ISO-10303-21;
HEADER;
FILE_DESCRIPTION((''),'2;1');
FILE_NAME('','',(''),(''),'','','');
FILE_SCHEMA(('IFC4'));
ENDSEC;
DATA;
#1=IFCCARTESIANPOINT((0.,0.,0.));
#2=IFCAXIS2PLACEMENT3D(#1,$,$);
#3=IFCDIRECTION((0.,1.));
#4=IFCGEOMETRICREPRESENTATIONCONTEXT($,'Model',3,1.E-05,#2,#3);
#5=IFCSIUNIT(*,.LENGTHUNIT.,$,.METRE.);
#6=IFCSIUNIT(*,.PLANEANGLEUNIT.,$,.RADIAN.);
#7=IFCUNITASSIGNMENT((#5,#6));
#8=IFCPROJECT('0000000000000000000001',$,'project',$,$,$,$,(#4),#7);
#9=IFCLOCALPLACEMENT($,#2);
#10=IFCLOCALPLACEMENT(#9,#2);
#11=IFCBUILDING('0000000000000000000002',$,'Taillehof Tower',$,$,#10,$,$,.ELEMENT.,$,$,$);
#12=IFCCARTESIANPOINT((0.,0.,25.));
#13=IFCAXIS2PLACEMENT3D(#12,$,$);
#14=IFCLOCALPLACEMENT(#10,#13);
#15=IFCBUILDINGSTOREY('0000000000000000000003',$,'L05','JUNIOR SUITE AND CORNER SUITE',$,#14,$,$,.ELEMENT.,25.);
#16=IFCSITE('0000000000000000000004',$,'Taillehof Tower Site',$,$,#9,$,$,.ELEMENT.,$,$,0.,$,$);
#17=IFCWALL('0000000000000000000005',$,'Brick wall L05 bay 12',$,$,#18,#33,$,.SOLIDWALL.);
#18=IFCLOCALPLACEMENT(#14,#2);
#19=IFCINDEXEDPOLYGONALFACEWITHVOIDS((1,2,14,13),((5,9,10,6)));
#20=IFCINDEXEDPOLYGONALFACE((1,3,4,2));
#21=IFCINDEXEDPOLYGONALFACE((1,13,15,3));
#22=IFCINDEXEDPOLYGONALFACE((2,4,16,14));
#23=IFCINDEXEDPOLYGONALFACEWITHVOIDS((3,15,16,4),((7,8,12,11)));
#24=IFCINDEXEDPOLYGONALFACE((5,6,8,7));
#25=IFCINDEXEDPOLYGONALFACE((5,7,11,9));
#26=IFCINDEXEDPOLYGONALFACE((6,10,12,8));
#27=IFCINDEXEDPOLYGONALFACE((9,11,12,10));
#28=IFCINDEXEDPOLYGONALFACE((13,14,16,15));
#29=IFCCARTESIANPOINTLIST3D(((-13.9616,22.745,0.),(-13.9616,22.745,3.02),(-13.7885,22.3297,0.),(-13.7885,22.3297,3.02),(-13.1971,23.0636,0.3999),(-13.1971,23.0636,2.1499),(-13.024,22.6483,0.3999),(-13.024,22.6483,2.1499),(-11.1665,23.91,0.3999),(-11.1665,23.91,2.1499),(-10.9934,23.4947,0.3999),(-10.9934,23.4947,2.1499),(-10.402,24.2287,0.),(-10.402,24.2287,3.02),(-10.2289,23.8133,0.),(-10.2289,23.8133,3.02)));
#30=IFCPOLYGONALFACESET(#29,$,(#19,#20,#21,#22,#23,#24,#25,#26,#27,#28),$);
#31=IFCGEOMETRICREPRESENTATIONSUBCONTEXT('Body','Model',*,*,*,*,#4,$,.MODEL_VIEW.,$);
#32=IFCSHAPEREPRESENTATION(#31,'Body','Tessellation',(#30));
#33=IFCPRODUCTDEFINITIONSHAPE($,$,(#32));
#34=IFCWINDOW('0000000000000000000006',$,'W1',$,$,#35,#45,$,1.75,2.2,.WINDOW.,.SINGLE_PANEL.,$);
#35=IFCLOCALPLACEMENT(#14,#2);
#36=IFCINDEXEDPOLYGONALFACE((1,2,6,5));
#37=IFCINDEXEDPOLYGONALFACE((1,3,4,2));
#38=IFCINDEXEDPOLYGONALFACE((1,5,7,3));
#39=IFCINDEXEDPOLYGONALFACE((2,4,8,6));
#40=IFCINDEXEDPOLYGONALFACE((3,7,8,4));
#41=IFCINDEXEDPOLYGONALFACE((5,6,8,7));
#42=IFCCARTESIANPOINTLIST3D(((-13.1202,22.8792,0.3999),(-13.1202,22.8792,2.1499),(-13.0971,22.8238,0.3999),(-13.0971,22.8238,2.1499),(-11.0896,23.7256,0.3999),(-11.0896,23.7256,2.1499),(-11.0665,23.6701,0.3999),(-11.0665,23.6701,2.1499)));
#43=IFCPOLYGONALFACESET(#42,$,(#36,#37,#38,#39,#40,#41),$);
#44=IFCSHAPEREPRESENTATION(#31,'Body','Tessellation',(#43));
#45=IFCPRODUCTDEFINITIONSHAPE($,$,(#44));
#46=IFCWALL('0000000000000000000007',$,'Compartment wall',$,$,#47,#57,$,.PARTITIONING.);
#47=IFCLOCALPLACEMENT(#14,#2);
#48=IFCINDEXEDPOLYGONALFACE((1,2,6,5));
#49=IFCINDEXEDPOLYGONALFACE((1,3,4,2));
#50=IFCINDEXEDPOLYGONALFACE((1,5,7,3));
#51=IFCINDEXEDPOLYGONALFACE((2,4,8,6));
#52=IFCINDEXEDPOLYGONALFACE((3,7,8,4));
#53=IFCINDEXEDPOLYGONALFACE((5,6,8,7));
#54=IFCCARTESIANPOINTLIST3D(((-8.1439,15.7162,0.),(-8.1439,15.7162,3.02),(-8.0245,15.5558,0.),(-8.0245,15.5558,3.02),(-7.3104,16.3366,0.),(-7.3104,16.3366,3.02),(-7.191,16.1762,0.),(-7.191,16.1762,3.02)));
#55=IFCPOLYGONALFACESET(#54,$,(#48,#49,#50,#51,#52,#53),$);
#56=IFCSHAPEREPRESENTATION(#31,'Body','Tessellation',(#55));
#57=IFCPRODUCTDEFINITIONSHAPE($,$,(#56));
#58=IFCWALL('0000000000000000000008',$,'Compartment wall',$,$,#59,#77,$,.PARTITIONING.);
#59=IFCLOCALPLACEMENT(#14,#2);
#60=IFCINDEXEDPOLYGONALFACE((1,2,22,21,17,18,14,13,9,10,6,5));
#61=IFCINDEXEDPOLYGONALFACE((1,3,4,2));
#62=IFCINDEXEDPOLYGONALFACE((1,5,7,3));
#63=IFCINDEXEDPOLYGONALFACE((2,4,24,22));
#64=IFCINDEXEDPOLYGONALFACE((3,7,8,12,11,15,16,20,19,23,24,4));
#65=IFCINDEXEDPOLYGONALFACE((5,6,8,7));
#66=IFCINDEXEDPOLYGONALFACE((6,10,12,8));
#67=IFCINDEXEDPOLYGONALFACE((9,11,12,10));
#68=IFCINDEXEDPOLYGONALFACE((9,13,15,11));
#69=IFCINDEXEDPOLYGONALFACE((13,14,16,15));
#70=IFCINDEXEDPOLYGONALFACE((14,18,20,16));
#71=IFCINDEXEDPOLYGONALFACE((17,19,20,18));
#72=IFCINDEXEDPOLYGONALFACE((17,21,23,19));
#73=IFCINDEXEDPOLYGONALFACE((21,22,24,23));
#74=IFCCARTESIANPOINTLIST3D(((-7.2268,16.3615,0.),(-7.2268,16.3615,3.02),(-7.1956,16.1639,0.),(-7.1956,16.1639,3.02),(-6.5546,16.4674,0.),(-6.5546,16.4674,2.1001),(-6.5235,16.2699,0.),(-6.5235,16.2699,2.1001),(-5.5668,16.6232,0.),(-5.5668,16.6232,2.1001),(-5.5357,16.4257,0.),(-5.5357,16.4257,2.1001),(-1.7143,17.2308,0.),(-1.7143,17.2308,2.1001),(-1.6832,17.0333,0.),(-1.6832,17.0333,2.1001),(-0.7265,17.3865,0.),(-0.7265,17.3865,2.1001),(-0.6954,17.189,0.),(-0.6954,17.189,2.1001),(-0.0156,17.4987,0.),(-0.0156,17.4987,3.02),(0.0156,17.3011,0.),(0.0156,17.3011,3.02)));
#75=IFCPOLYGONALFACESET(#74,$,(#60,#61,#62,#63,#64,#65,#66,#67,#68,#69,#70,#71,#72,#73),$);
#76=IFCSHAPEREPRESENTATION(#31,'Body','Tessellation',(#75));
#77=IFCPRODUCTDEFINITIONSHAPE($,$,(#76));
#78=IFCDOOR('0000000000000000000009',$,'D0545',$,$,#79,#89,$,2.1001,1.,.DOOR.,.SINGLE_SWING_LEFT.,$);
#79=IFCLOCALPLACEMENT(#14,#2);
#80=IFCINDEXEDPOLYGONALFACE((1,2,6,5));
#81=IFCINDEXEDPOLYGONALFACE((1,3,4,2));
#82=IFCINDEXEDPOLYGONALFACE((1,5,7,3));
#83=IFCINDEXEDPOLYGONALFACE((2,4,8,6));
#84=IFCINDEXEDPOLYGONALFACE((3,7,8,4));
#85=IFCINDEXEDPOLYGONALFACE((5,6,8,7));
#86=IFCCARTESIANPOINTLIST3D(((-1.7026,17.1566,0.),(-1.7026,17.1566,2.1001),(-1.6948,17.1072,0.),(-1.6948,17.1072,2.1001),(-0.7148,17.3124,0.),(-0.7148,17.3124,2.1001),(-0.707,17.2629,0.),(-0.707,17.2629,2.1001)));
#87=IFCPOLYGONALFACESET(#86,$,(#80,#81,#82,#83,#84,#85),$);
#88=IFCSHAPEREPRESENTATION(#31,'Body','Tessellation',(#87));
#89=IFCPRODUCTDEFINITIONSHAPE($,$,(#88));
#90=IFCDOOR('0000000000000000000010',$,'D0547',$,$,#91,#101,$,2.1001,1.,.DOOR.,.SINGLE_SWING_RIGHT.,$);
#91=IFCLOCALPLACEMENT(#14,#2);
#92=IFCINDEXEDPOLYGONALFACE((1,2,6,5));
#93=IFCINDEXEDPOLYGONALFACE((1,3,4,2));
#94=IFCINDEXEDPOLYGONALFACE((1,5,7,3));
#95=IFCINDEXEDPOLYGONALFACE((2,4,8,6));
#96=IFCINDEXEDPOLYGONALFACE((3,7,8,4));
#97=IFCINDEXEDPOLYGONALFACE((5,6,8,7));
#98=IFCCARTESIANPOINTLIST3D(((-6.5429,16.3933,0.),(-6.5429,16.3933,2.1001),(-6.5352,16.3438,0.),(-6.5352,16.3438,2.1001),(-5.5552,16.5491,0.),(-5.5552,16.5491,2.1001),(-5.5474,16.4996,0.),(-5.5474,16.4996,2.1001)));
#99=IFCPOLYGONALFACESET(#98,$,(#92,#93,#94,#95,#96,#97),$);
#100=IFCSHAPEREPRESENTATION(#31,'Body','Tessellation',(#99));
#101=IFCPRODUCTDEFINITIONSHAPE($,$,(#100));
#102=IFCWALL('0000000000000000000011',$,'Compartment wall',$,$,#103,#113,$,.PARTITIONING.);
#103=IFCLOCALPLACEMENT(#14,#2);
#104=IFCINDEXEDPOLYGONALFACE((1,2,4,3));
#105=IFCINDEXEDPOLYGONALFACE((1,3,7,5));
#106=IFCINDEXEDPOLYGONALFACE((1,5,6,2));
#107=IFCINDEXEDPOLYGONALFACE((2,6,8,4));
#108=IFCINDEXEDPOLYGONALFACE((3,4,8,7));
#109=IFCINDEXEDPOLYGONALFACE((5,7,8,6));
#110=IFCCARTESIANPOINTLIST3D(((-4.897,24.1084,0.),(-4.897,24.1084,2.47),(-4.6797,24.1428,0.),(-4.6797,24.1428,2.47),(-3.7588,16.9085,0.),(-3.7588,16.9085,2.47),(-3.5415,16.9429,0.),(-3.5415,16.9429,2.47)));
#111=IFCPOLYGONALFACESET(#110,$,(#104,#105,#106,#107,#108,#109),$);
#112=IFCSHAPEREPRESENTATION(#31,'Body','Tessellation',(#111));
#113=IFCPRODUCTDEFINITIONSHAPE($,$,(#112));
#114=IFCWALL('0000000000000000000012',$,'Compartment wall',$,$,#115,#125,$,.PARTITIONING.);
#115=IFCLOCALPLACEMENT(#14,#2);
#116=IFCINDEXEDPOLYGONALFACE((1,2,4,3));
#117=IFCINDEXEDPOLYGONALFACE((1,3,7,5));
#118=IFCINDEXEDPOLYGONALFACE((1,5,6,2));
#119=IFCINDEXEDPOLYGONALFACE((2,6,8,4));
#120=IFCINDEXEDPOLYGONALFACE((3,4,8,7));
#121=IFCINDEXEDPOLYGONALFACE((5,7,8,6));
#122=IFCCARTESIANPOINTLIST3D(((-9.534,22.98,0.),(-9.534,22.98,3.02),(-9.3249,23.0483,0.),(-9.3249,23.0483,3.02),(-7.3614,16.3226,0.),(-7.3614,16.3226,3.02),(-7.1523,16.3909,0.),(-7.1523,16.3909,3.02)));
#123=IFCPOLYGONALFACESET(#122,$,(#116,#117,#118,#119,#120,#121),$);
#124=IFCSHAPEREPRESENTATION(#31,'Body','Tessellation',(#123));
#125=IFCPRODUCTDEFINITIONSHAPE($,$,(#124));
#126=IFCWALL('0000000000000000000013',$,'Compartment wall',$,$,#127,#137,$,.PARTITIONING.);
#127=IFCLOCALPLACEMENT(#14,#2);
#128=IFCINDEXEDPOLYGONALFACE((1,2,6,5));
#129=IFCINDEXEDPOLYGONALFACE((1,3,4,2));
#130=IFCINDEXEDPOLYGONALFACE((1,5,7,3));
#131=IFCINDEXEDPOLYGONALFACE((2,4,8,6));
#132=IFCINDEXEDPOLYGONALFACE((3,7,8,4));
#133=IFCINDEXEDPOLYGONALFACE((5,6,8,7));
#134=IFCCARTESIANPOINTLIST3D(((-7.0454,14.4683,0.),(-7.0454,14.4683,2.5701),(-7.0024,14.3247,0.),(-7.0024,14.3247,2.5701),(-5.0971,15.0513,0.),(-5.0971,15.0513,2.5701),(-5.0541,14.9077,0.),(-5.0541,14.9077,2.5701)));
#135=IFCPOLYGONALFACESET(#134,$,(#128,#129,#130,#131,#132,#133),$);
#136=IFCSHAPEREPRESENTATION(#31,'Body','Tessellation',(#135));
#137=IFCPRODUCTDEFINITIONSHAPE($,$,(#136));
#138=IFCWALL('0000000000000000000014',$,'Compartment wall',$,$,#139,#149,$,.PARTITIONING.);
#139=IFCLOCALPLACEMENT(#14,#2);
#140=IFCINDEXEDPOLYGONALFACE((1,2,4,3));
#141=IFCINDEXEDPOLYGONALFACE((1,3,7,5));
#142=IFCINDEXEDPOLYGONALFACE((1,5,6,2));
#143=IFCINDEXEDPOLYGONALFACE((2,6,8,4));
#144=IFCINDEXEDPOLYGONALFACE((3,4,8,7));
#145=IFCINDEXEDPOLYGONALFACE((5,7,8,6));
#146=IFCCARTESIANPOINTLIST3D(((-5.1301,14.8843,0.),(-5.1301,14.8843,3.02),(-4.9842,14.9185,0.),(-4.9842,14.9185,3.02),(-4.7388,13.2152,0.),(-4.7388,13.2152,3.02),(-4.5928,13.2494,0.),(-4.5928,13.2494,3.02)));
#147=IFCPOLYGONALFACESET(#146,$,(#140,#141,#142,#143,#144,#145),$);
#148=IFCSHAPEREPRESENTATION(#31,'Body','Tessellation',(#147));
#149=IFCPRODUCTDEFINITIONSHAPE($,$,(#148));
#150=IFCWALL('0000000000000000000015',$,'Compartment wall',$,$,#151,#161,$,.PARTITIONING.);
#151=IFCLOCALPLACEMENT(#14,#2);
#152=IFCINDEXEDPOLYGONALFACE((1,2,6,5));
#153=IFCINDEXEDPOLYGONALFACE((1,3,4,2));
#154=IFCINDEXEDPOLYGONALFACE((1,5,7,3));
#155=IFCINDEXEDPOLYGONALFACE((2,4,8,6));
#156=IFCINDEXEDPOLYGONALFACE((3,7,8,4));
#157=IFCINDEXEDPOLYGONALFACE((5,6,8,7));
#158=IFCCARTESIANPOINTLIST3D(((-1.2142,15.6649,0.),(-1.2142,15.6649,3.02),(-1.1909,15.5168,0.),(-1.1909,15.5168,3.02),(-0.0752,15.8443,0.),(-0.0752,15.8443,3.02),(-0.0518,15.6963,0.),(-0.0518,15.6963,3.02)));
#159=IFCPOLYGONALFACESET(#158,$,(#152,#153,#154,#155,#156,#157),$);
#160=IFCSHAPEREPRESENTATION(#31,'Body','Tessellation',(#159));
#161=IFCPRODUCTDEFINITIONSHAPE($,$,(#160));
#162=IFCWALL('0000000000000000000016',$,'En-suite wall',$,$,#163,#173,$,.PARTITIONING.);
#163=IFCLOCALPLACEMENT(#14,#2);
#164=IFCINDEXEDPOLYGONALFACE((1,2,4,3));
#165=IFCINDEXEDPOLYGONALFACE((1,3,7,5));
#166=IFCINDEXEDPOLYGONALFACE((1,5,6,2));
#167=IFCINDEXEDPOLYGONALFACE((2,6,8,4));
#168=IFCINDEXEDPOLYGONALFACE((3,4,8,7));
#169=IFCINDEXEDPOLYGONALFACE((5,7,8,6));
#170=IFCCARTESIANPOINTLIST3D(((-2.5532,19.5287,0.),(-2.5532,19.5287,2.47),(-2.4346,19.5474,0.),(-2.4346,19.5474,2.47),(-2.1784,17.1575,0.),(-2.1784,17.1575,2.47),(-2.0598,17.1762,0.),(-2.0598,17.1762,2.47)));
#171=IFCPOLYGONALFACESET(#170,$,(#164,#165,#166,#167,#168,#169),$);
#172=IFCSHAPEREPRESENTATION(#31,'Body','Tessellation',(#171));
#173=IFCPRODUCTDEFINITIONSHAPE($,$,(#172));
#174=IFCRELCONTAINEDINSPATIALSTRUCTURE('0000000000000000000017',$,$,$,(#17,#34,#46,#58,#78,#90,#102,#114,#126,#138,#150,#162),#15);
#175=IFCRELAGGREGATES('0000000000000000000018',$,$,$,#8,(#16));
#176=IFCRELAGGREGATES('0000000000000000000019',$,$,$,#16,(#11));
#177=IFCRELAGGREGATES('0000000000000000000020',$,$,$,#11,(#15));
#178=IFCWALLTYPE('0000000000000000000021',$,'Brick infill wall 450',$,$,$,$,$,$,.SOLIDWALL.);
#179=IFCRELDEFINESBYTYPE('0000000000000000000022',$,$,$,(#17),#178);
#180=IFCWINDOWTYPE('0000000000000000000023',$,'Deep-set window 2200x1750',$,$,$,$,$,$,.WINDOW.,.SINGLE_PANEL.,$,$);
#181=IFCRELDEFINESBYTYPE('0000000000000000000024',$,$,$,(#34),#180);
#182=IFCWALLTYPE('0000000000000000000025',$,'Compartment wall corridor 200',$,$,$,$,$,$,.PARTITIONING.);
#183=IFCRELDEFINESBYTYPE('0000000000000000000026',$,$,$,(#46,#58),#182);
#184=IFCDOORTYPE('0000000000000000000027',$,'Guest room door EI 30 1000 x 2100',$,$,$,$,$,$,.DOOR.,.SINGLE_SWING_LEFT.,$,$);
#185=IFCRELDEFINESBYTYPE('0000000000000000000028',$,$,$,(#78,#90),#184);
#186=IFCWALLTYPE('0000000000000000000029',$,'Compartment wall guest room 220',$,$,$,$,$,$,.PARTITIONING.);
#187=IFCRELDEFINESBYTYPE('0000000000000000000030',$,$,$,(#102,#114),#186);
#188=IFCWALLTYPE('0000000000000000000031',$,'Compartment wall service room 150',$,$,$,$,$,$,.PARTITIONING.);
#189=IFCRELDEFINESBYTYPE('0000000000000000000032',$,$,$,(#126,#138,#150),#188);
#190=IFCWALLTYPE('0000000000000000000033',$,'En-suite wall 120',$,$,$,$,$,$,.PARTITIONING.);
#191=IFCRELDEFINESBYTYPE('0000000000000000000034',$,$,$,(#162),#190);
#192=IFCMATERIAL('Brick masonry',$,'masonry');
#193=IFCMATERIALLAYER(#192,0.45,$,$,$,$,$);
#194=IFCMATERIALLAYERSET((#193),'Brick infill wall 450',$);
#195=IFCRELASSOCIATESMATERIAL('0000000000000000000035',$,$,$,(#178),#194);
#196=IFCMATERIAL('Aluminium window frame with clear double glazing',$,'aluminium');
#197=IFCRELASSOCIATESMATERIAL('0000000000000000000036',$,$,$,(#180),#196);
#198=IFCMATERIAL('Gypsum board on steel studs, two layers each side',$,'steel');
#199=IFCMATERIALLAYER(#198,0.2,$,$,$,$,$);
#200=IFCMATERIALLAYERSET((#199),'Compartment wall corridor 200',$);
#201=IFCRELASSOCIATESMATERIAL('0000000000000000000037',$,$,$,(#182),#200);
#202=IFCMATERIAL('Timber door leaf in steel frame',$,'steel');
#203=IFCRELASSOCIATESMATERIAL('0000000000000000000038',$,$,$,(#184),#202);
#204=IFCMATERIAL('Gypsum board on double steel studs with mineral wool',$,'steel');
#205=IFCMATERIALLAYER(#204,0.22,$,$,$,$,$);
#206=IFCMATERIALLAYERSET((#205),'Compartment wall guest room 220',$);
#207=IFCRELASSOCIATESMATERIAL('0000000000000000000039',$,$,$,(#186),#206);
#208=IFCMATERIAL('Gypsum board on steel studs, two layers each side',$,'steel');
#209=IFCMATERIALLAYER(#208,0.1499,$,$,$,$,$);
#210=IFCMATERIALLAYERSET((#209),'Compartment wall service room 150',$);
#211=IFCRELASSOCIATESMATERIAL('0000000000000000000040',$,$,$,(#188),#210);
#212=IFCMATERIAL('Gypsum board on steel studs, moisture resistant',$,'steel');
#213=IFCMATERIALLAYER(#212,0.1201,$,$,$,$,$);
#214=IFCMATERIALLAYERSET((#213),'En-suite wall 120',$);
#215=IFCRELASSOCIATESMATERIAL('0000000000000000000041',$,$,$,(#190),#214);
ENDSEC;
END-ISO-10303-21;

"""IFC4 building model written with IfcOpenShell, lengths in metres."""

from ifc_helpers import new_model, si_unit, direction, frame, frame_2d, origin, place, context, subcontext, project, spatial, rectangle, extrude, material, layer, layer_set, type_object, element, fill, save


model = new_model("IFC4")

# Units and contexts
model_context = context("Model", 3, precision=1e-05, world=origin(), true_north=direction((0.0, 1.0)))
body_context = subcontext(model_context, "Body", "Model", "MODEL_VIEW")
ifc_project = project(units=[si_unit("LENGTHUNIT", "METRE"), si_unit("PLANEANGLEUNIT", "RADIAN")], contexts=[model_context])

# Site, building, storey
site_placement = place(None, origin())
site = spatial("IfcSite", under=ifc_project, at=site_placement, Name="Taillehof Tower Site", CompositionType="ELEMENT", RefElevation=0.0)
building_placement = place(site_placement, origin())
building = spatial("IfcBuilding", under=site, at=building_placement, Name="Taillehof Tower", CompositionType="ELEMENT")
storey_placement = place(building_placement, frame((0.0, 0.0, 25.0)))
storey = spatial("IfcBuildingStorey", under=building, at=storey_placement, Name="L05", Description="JUNIOR SUITE AND CORNER SUITE", CompositionType="ELEMENT", Elevation=25.0)

# Wall, opening, window
ifc_material_1 = material(Name="Brick masonry", Category="masonry")
ifc_layer_1 = layer(ifc_material_1, 0.45)
ifc_layer_set_1 = layer_set([ifc_layer_1], Name="Brick infill wall 450")
wall_type_1 = type_object("IfcWallType", Name="Brick infill wall 450", PredefinedType="SOLIDWALL", material=ifc_layer_set_1)
ifc_material_2 = material(Name="Aluminium window frame with clear double glazing", Category="aluminium")
window_type = type_object("IfcWindowType", Name="Deep-set window 2200x1750", PartitioningType="SINGLE_PANEL", PredefinedType="WINDOW", material=ifc_material_2)
wall_1_placement = place(storey_placement, frame((-10.3154, 24.021, 0.0), z_axis=(0.0, 0.0, 1.0), x_axis=(-0.923032, -0.384723, 0.0)))
wall_1 = element("IfcWall", 1, at=wall_1_placement, inside=storey, type_object=wall_type_1, Name="Brick wall L05 bay 12", PredefinedType="SOLIDWALL", context=body_context, shape_type="SweptSolid", body=[
    extrude(rectangle(XDim=3.8564, YDim=0.45, at=frame_2d((1.9282, 0.0))), origin(), (0.0, 0.0, 1.0), 3.02),
])
opening_1_placement = place(wall_1_placement, frame((0.8281, 0.0, 0.3999)))
opening_1 = element("IfcOpeningElement", 2, at=opening_1_placement, cuts=wall_1, PredefinedType="OPENING", context=body_context, shape_type="SweptSolid", body=[
    extrude(rectangle(XDim=2.2, YDim=1.75, at=frame_2d((1.1001, 0.875))), frame((0.0, 0.2349, 0.0), z_axis=(0.0, -1.0, 0.0), x_axis=(1.0, 0.0, 0.0)), (0.0, 0.0, 1.0), 0.47),
])
window_1_placement = place(opening_1_placement, origin())
window_1 = element("IfcWindow", 3, at=window_1_placement, inside=storey, type_object=window_type, Name="W1", OverallHeight=1.75, OverallWidth=2.2, PartitioningType="SINGLE_PANEL", PredefinedType="WINDOW", context=body_context, shape_type="SweptSolid", body=[
    extrude(rectangle(XDim=2.2, YDim=1.75, at=frame_2d((1.1001, 0.875))), frame((0.0, 0.0349, 0.0), z_axis=(0.0, -1.0, 0.0), x_axis=(1.0, 0.0, 0.0)), (0.0, 0.0, 1.0), 0.0601),
])
fill(opening_1, window_1)

# Wall
ifc_material_3 = material(Name="Gypsum board on steel studs, two layers each side", Category="steel")
ifc_layer_2 = layer(ifc_material_3, 0.2)
ifc_layer_set_2 = layer_set([ifc_layer_2], Name="Compartment wall corridor 200")
wall_type_2 = type_object("IfcWallType", Name="Compartment wall corridor 200", PredefinedType="PARTITIONING", material=ifc_layer_set_2)
wall_2_placement = place(storey_placement, frame((-8.0842, 15.636, 0.0), z_axis=(0.0, 0.0, 1.0), x_axis=(0.802194, 0.597064, 0.0)))
element("IfcWall", 4, at=wall_2_placement, inside=storey, type_object=wall_type_2, Name="Compartment wall", PredefinedType="PARTITIONING", context=body_context, shape_type="SweptSolid", body=[
    extrude(rectangle(XDim=1.0391, YDim=0.2, at=frame_2d((0.5195, 0.0))), origin(), (0.0, 0.0, 1.0), 3.02),
])

# Wall, openings, doors
wall_3_placement = place(storey_placement, frame((-7.2112, 16.2627, 0.0), z_axis=(0.0, 0.0, 1.0), x_axis=(0.987793, 0.155775, 0.0)))
wall_3 = element("IfcWall", 5, at=wall_3_placement, inside=storey, type_object=wall_type_2, Name="Compartment wall", PredefinedType="PARTITIONING", context=body_context, shape_type="SweptSolid", body=[
    extrude(rectangle(XDim=7.3003, YDim=0.2, at=frame_2d((3.6501, 0.0))), origin(), (0.0, 0.0, 1.0), 3.02),
])
opening_2_placement = place(wall_3_placement, frame((5.5806, 0.0, 0.0)))
opening_2 = element("IfcOpeningElement", 6, at=opening_2_placement, cuts=wall_3, PredefinedType="OPENING", context=body_context, shape_type="SweptSolid", body=[
    extrude(rectangle(XDim=1.0, YDim=2.1001, at=frame_2d((0.5, 1.05))), frame((0.0, 0.1099, 0.0), z_axis=(0.0, -1.0, 0.0), x_axis=(1.0, 0.0, 0.0)), (0.0, 0.0, 1.0), 0.22),
])
opening_3_placement = place(wall_3_placement, frame((0.6804, 0.0, 0.0)))
opening_3 = element("IfcOpeningElement", 7, at=opening_3_placement, cuts=wall_3, PredefinedType="OPENING", context=body_context, shape_type="SweptSolid", body=[
    extrude(rectangle(XDim=1.0, YDim=2.1001, at=frame_2d((0.5, 1.05))), frame((0.0, 0.1099, 0.0), z_axis=(0.0, -1.0, 0.0), x_axis=(1.0, 0.0, 0.0)), (0.0, 0.0, 1.0), 0.22),
])
ifc_material_4 = material(Name="Timber door leaf in steel frame", Category="steel")
door_type_1 = type_object("IfcDoorType", Name="Guest room door EI 30 1000 x 2100", OperationType="SINGLE_SWING_LEFT", PredefinedType="DOOR", material=ifc_material_4)
door_1_placement = place(opening_2_placement, origin())
door_1 = element("IfcDoor", 8, at=door_1_placement, inside=storey, type_object=door_type_1, Name="D0545", OperationType="SINGLE_SWING_LEFT", OverallHeight=2.1001, OverallWidth=1.0, PredefinedType="DOOR", context=body_context, shape_type="SweptSolid", body=[
    extrude(rectangle(XDim=1.0, YDim=2.1001, at=frame_2d((0.5, 1.05))), frame((0.0, 0.0249, 0.0), z_axis=(0.0, -1.0, 0.0), x_axis=(1.0, 0.0, 0.0)), (0.0, 0.0, 1.0), 0.05),
])
fill(opening_2, door_1)
door_2_placement = place(opening_3_placement, origin())
door_2 = element("IfcDoor", 9, at=door_2_placement, inside=storey, type_object=door_type_1, Name="D0547", OperationType="SINGLE_SWING_RIGHT", OverallHeight=2.1001, OverallWidth=1.0, PredefinedType="DOOR", context=body_context, shape_type="SweptSolid", body=[
    extrude(rectangle(XDim=1.0, YDim=2.1001, at=frame_2d((0.5, 1.05))), frame((0.0, 0.0249, 0.0), z_axis=(0.0, -1.0, 0.0), x_axis=(1.0, 0.0, 0.0)), (0.0, 0.0, 1.0), 0.05),
])
fill(opening_3, door_2)

# Walls
ifc_material_5 = material(Name="Gypsum board on double steel studs with mineral wool", Category="steel")
ifc_layer_3 = layer(ifc_material_5, 0.22)
ifc_layer_set_3 = layer_set([ifc_layer_3], Name="Compartment wall guest room 220")
wall_type_3 = type_object("IfcWallType", Name="Compartment wall guest room 220", PredefinedType="PARTITIONING", material=ifc_layer_set_3)
wall_4_placement = place(storey_placement, frame((-4.7883, 24.1255, 0.0), z_axis=(0.0, 0.0, 1.0), x_axis=(0.156143, -0.987734, 0.0)))
element("IfcWall", 10, at=wall_4_placement, inside=storey, type_object=wall_type_3, Name="Compartment wall", PredefinedType="PARTITIONING", context=body_context, shape_type="SweptSolid", body=[
    extrude(rectangle(XDim=7.2893, YDim=0.22, at=frame_2d((3.6445, 0.0))), origin(), (0.0, 0.0, 1.0), 2.47),
])
wall_5_placement = place(storey_placement, frame((-9.4294, 23.0142, 0.0), z_axis=(0.0, 0.0, 1.0), x_axis=(0.310239, -0.950659, 0.0)))
element("IfcWall", 11, at=wall_5_placement, inside=storey, type_object=wall_type_3, Name="Compartment wall", PredefinedType="PARTITIONING", context=body_context, shape_type="SweptSolid", body=[
    extrude(rectangle(XDim=7.0029, YDim=0.22, at=frame_2d((3.5015, 0.0))), origin(), (0.0, 0.0, 1.0), 3.02),
])
ifc_material_6 = material(Name="Gypsum board on steel studs, two layers each side", Category="steel")
ifc_layer_4 = layer(ifc_material_6, 0.1499)
ifc_layer_set_4 = layer_set([ifc_layer_4], Name="Compartment wall service room 150")
wall_type_4 = type_object("IfcWallType", Name="Compartment wall service room 150", PredefinedType="PARTITIONING", material=ifc_layer_set_4)
wall_6_placement = place(storey_placement, frame((-7.0239, 14.3965, 0.0), z_axis=(0.0, 0.0, 1.0), x_axis=(0.958024, 0.286687, 0.0)))
element("IfcWall", 12, at=wall_6_placement, inside=storey, type_object=wall_type_4, Name="Compartment wall", PredefinedType="PARTITIONING", context=body_context, shape_type="SweptSolid", body=[
    extrude(rectangle(XDim=2.0337, YDim=0.1499, at=frame_2d((1.0168, 0.0))), origin(), (0.0, 0.0, 1.0), 2.5701),
])
wall_7_placement = place(storey_placement, frame((-5.0571, 14.9014, 0.0), z_axis=(0.0, 0.0, 1.0), x_axis=(0.228269, -0.973598, 0.0)))
element("IfcWall", 13, at=wall_7_placement, inside=storey, type_object=wall_type_4, Name="Compartment wall", PredefinedType="PARTITIONING", context=body_context, shape_type="SweptSolid", body=[
    extrude(rectangle(XDim=1.7144, YDim=0.1499, at=frame_2d((0.8572, 0.0))), origin(), (0.0, 0.0, 1.0), 3.02),
])
wall_8_placement = place(storey_placement, frame((-1.2026, 15.5908, 0.0), z_axis=(0.0, 0.0, 1.0), x_axis=(0.987814, 0.155636, 0.0)))
element("IfcWall", 14, at=wall_8_placement, inside=storey, type_object=wall_type_4, Name="Compartment wall", PredefinedType="PARTITIONING", context=body_context, shape_type="SweptSolid", body=[
    extrude(rectangle(XDim=1.1531, YDim=0.1499, at=frame_2d((0.5767, 0.0))), origin(), (0.0, 0.0, 1.0), 3.02),
])
ifc_material_7 = material(Name="Gypsum board on steel studs, moisture resistant", Category="steel")
ifc_layer_5 = layer(ifc_material_7, 0.1201)
ifc_layer_set_5 = layer_set([ifc_layer_5], Name="En-suite wall 120")
wall_type_5 = type_object("IfcWallType", Name="En-suite wall 120", PredefinedType="PARTITIONING", material=ifc_layer_set_5)
wall_9_placement = place(storey_placement, frame((-2.1191, 17.167, 0.0), z_axis=(0.0, 0.0, 1.0), x_axis=(-0.156114, 0.987739, 0.0)))
element("IfcWall", 15, at=wall_9_placement, inside=storey, type_object=wall_type_5, Name="En-suite wall", PredefinedType="PARTITIONING", context=body_context, shape_type="SweptSolid", body=[
    extrude(rectangle(XDim=2.4006, YDim=0.1201, at=frame_2d((1.2002, 0.0))), origin(), (0.0, 0.0, 1.0), 2.47),
])

save(model, "model.ifc")
